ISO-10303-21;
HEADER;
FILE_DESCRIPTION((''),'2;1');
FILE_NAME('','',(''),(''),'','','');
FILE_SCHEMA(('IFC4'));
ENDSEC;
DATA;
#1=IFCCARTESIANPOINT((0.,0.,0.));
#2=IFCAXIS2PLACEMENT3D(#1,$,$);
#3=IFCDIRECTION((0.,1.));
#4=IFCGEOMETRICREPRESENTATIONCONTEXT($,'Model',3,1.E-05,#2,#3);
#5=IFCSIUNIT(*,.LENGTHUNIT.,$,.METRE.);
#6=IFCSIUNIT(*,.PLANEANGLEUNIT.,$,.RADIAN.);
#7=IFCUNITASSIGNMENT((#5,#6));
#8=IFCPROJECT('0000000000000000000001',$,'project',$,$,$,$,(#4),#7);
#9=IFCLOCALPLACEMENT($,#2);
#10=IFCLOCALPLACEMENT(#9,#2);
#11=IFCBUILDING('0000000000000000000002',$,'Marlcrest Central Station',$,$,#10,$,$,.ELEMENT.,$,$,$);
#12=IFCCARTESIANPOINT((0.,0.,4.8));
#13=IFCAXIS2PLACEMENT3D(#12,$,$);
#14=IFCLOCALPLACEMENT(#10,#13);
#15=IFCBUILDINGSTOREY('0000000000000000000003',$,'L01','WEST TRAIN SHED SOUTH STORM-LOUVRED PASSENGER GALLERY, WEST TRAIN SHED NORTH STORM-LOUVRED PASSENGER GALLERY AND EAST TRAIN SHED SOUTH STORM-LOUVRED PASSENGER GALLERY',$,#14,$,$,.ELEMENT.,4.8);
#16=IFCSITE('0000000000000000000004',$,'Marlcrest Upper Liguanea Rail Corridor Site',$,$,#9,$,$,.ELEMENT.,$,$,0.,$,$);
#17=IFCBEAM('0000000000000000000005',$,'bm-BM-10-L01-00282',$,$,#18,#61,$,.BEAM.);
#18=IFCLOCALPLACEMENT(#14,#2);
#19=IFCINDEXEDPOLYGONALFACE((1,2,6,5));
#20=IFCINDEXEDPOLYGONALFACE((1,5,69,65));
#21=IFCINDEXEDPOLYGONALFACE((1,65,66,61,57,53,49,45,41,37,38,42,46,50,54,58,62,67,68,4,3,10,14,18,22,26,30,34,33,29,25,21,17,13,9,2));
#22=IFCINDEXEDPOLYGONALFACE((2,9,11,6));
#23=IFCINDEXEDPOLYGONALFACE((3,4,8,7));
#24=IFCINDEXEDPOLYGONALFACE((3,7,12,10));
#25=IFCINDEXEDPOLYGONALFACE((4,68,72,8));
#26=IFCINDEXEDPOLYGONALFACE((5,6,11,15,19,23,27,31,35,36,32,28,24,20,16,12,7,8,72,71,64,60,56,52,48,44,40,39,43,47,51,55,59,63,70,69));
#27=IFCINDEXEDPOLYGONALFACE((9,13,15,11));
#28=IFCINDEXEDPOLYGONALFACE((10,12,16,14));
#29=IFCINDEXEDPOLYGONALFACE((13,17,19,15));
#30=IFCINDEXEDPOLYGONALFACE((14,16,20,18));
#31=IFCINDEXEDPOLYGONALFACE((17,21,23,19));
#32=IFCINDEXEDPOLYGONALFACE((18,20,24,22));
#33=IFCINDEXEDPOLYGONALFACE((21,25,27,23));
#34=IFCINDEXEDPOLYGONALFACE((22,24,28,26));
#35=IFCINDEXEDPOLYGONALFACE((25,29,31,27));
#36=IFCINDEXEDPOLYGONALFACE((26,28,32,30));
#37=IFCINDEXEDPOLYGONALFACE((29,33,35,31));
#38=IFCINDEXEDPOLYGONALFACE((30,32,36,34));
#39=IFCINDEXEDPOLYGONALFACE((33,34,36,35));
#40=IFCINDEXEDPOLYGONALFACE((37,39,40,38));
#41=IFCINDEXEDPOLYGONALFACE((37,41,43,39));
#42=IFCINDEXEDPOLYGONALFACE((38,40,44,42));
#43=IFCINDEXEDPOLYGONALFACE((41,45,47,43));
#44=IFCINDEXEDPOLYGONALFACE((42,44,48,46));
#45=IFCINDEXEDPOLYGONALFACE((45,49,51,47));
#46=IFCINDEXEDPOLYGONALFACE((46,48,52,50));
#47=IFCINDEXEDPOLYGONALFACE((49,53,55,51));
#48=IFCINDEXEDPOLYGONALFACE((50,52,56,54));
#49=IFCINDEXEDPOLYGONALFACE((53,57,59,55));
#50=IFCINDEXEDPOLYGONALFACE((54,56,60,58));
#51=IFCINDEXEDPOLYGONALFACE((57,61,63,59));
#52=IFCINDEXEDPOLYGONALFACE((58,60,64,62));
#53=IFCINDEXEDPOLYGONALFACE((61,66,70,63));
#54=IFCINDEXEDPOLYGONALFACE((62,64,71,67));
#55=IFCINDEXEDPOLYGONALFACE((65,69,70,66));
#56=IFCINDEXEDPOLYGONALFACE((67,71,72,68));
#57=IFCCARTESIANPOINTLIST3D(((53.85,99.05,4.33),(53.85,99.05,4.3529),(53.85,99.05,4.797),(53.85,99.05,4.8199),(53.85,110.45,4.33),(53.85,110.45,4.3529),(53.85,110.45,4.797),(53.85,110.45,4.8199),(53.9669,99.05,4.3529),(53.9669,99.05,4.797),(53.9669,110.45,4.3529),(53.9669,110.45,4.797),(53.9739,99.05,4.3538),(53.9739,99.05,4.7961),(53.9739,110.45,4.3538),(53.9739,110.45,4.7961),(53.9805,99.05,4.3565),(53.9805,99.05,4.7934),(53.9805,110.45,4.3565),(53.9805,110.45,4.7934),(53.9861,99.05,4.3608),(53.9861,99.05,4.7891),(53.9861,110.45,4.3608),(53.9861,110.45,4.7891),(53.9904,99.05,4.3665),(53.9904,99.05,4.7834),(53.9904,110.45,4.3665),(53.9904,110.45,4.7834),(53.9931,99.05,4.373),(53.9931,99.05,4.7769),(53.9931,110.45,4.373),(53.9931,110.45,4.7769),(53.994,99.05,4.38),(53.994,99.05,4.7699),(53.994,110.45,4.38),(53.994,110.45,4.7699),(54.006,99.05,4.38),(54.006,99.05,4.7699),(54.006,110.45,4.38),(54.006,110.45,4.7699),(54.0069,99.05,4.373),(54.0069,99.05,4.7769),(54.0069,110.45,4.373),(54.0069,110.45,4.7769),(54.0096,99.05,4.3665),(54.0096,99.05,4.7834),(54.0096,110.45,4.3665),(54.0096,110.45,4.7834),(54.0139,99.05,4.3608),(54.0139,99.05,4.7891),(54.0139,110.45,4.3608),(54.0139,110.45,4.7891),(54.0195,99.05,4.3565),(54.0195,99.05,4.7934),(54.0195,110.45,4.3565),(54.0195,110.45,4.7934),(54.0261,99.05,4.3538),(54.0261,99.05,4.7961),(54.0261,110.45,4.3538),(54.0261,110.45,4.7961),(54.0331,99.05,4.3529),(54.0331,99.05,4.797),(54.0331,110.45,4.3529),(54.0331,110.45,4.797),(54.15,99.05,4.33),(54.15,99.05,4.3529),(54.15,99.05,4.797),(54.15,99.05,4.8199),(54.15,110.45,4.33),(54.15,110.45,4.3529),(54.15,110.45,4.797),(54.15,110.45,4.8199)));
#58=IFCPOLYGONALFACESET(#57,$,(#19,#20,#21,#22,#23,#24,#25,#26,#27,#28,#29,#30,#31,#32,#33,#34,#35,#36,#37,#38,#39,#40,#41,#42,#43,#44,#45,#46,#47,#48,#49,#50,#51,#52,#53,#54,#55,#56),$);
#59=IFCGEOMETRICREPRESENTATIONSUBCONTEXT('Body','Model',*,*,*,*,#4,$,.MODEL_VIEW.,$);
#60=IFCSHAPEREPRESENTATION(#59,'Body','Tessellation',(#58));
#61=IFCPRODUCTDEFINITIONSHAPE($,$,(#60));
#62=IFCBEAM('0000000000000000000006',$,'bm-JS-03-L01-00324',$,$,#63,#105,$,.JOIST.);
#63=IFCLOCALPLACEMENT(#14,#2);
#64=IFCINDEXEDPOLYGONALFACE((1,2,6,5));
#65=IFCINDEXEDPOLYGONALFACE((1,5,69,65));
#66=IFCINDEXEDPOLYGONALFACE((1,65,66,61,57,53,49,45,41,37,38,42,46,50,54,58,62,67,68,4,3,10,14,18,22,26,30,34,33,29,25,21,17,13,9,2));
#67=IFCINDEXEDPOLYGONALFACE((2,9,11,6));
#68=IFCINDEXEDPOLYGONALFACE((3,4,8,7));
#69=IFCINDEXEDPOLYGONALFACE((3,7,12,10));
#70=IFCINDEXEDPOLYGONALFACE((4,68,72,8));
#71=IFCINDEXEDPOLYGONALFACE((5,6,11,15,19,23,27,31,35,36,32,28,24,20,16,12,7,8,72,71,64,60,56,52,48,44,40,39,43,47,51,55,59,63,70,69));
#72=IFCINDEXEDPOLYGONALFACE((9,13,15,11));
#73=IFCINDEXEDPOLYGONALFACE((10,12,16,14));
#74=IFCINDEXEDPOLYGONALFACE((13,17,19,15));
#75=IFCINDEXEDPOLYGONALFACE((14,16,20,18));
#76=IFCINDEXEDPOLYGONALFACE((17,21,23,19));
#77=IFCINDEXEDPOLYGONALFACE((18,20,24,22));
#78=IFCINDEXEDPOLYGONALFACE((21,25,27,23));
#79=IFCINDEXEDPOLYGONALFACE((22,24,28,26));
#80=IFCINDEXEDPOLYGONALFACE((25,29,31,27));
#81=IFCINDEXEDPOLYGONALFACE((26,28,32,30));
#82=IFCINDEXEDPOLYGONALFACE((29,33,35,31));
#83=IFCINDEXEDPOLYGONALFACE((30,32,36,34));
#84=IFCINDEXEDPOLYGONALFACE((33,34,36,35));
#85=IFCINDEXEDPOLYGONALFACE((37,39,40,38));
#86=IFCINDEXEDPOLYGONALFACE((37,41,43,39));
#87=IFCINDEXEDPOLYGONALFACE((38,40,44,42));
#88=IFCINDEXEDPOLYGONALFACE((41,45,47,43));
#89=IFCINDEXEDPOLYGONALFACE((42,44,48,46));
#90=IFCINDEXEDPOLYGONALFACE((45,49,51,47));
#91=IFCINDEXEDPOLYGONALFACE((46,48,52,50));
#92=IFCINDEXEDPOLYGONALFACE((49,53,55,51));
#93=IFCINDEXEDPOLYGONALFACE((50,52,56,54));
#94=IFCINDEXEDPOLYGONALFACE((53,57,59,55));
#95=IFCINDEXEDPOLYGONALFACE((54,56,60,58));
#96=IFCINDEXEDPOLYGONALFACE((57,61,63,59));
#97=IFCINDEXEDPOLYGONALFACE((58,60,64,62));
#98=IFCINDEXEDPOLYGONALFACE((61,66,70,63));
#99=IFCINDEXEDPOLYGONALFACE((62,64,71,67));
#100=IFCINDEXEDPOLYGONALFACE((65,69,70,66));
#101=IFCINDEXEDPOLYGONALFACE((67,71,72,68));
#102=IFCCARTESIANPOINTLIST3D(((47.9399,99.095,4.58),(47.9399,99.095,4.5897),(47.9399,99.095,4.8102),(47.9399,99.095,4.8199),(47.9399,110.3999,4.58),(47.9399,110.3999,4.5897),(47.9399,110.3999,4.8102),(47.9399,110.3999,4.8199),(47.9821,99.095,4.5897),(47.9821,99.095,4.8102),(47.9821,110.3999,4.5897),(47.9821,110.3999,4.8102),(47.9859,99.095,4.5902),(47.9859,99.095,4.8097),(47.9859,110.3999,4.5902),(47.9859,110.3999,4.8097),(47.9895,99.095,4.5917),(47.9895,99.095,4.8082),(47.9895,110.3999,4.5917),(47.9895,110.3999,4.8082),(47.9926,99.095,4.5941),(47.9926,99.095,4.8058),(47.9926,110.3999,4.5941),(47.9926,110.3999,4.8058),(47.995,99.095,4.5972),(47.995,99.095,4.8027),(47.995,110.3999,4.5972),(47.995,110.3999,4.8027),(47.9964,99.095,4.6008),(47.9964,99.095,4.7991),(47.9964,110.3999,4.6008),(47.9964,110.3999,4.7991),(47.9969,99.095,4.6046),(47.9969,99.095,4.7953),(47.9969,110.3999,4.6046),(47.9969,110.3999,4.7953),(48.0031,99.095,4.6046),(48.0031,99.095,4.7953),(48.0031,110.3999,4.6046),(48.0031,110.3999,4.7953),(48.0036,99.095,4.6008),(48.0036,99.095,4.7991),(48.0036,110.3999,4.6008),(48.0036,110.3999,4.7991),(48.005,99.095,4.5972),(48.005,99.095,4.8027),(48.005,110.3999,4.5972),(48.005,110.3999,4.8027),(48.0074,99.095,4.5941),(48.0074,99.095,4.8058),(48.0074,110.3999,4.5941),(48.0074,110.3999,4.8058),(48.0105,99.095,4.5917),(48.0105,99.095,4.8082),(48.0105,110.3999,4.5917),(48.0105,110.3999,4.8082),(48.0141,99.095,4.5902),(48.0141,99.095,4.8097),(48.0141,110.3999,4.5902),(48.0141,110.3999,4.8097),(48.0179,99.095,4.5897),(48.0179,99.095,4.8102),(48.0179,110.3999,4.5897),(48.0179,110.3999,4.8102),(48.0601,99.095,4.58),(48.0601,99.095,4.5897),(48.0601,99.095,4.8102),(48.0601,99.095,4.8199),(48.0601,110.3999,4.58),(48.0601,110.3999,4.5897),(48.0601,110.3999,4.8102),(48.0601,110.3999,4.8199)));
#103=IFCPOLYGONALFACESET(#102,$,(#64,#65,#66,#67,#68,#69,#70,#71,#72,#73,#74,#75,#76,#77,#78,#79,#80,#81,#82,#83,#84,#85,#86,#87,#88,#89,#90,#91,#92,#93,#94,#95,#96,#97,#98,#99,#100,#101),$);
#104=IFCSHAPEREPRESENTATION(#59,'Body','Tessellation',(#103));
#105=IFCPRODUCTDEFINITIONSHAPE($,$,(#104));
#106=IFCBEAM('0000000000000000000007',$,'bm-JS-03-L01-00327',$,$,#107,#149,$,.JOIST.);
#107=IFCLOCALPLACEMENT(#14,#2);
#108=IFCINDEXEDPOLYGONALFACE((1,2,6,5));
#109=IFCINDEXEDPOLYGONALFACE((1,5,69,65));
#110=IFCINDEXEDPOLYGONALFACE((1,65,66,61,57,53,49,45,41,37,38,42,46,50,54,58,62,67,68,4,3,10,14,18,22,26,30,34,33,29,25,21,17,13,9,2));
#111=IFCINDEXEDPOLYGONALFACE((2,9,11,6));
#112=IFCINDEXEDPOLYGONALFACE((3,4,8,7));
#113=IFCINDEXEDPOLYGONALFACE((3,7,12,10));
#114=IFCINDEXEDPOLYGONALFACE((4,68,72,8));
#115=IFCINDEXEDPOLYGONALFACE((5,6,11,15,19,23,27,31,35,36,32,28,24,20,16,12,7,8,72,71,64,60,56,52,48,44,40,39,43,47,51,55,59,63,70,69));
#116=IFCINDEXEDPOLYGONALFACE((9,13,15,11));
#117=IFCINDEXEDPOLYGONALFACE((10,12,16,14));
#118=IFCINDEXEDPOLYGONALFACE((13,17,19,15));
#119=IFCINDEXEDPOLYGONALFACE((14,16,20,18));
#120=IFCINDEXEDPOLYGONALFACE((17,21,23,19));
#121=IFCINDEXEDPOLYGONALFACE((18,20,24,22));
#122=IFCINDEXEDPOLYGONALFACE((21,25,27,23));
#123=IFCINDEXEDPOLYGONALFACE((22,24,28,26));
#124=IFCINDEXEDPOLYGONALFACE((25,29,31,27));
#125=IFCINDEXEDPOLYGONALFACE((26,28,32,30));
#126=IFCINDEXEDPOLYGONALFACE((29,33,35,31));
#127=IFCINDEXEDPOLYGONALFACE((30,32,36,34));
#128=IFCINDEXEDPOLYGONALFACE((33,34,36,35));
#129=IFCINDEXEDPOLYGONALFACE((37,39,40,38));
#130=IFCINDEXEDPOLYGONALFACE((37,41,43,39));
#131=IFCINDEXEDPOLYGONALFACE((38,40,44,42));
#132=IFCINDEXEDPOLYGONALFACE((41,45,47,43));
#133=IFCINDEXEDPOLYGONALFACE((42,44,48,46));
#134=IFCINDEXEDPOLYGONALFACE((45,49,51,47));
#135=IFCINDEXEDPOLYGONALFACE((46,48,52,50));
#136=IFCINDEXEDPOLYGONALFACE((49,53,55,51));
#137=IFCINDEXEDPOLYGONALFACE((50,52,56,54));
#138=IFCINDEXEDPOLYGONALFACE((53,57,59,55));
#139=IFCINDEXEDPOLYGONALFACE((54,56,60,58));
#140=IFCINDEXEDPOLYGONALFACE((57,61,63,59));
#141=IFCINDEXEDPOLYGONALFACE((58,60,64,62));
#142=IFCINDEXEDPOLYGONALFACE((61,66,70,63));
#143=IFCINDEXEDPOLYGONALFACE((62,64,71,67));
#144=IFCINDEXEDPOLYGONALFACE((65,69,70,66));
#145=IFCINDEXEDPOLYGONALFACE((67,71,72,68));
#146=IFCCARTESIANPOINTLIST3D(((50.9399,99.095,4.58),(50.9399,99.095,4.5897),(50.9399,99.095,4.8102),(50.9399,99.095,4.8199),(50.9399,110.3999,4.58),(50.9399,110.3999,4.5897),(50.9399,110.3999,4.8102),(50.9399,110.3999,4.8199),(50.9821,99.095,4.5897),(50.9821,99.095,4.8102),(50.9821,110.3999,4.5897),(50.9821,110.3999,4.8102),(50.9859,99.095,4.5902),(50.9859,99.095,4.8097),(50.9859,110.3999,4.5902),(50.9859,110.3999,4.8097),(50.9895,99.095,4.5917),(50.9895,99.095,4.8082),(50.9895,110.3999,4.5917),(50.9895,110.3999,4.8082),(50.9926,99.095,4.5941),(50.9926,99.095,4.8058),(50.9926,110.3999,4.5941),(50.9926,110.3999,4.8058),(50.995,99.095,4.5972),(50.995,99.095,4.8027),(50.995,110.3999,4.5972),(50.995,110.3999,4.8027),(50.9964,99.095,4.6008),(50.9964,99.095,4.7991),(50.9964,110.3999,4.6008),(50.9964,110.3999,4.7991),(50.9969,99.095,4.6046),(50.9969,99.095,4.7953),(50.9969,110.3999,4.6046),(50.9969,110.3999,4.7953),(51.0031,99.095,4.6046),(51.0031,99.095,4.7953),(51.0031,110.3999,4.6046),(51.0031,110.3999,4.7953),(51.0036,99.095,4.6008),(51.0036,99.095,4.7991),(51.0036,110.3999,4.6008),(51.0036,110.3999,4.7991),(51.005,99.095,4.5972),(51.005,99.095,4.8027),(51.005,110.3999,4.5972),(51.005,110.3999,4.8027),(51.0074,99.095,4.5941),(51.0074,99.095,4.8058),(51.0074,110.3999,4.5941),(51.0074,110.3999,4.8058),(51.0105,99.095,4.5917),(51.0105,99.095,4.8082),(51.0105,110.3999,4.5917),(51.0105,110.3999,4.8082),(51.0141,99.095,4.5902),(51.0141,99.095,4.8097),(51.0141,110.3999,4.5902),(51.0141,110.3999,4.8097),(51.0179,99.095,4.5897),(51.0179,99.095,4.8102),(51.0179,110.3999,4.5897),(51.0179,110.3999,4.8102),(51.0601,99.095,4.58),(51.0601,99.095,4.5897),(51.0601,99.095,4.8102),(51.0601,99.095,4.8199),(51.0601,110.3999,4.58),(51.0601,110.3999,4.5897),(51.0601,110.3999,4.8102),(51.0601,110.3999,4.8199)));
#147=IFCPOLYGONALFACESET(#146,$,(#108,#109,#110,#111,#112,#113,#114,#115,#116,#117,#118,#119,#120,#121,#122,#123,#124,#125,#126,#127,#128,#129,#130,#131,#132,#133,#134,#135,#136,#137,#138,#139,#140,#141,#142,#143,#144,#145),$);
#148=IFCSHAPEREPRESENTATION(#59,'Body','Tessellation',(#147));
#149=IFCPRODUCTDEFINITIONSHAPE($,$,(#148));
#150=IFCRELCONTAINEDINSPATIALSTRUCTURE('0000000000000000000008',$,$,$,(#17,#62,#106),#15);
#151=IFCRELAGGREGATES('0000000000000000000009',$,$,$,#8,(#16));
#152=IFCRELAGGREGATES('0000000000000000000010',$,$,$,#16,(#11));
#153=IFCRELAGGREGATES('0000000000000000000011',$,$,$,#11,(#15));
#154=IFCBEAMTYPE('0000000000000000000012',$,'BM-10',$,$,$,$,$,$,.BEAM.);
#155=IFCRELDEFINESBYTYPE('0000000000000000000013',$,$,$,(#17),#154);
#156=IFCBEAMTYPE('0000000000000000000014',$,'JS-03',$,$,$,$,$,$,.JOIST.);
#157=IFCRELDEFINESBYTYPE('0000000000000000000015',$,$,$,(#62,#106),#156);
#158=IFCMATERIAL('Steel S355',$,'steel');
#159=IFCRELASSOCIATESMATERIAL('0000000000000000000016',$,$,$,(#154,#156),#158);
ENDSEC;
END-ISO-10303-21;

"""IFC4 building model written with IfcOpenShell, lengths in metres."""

from ifc_helpers import new_model, si_unit, direction, frame, origin, origin_2d, place, context, subcontext, project, spatial, i_section, extrude, material, material_profile, profile_set, type_object, element, save


model = new_model("IFC4")

# Units and contexts
model_context = context("Model", 3, precision=1e-05, world=origin(), true_north=direction((0.0, 1.0)))
body_context = subcontext(model_context, "Body", "Model", "MODEL_VIEW")
ifc_project = project(units=[si_unit("LENGTHUNIT", "METRE"), si_unit("PLANEANGLEUNIT", "RADIAN")], contexts=[model_context])

# Site, building, storey
site_placement = place(None, origin())
site = spatial("IfcSite", under=ifc_project, at=site_placement, Name="Marlcrest Upper Liguanea Rail Corridor Site", CompositionType="ELEMENT", RefElevation=0.0)
building_placement = place(site_placement, origin())
building = spatial("IfcBuilding", under=site, at=building_placement, Name="Marlcrest Central Station", CompositionType="ELEMENT")
storey_placement = place(building_placement, frame((0.0, 0.0, 4.8)))
storey = spatial("IfcBuildingStorey", under=building, at=storey_placement, Name="L01", Description="WEST TRAIN SHED SOUTH STORM-LOUVRED PASSENGER GALLERY, WEST TRAIN SHED NORTH STORM-LOUVRED PASSENGER GALLERY AND EAST TRAIN SHED SOUTH STORM-LOUVRED PASSENGER GALLERY", CompositionType="ELEMENT", Elevation=4.8)

# Shared definitions
ifc_material_1 = material(Name="Steel S355", Category="steel")

# Beams
ifc_material_profile_1 = material_profile(ifc_material_1, i_section(OverallWidth=0.3, OverallDepth=0.49, WebThickness=0.012, FlangeThickness=0.0229, FilletRadius=0.0271, at=origin_2d()), Name="HEA 500")
ifc_profile_set_1 = profile_set([ifc_material_profile_1], Name="Steel S355")
beam_type_1 = type_object("IfcBeamType", Name="BM-10", PredefinedType="BEAM", material=ifc_profile_set_1)
beam_placement = place(storey_placement, frame((54.0, 99.05, 4.575), z_axis=(0.0, 1.0, 0.0), x_axis=(-1.0, 0.0, 0.0)))
element("IfcBeam", 1, at=beam_placement, inside=storey, type_object=beam_type_1, Name="bm-BM-10-L01-00282", PredefinedType="BEAM", context=body_context, shape_type="SweptSolid", body=[
    extrude(i_section(OverallWidth=0.3, OverallDepth=0.49, WebThickness=0.012, FlangeThickness=0.0229, FilletRadius=0.0271, at=origin_2d()), origin(), (0.0, 0.0, 1.0), 11.3999),
])
ifc_material_profile_2 = material_profile(ifc_material_1, i_section(OverallWidth=0.1201, OverallDepth=0.24, WebThickness=0.0061, FlangeThickness=0.0098, FilletRadius=0.0149, at=origin_2d()), Name="IPE 240")
ifc_profile_set_2 = profile_set([ifc_material_profile_2], Name="Steel S355")
beam_type_2 = type_object("IfcBeamType", Name="JS-03", PredefinedType="JOIST", material=ifc_profile_set_2)
for number, where, z_axis, x_axis, name in (
    (2, (48.0, 99.095, 4.7), (0.0, 1.0, 0.0), (-1.0, 0.0, 0.0), "bm-JS-03-L01-00324"),
    (3, (51.0, 99.095, 4.7), (0.0, 1.0, 0.0), (-1.0, 0.0, 0.0), "bm-JS-03-L01-00327"),
):
    element("IfcBeam", number, at=place(storey_placement, frame(where, z_axis=z_axis, x_axis=x_axis)), inside=storey, type_object=beam_type_2, Name=name, PredefinedType="JOIST", context=body_context, shape_type="SweptSolid", body=[
        extrude(i_section(OverallWidth=0.1201, OverallDepth=0.24, WebThickness=0.0061, FlangeThickness=0.0098, FilletRadius=0.0149, at=origin_2d()), origin(), (0.0, 0.0, 1.0), 11.3049),
    ])

save(model, "model.ifc")
